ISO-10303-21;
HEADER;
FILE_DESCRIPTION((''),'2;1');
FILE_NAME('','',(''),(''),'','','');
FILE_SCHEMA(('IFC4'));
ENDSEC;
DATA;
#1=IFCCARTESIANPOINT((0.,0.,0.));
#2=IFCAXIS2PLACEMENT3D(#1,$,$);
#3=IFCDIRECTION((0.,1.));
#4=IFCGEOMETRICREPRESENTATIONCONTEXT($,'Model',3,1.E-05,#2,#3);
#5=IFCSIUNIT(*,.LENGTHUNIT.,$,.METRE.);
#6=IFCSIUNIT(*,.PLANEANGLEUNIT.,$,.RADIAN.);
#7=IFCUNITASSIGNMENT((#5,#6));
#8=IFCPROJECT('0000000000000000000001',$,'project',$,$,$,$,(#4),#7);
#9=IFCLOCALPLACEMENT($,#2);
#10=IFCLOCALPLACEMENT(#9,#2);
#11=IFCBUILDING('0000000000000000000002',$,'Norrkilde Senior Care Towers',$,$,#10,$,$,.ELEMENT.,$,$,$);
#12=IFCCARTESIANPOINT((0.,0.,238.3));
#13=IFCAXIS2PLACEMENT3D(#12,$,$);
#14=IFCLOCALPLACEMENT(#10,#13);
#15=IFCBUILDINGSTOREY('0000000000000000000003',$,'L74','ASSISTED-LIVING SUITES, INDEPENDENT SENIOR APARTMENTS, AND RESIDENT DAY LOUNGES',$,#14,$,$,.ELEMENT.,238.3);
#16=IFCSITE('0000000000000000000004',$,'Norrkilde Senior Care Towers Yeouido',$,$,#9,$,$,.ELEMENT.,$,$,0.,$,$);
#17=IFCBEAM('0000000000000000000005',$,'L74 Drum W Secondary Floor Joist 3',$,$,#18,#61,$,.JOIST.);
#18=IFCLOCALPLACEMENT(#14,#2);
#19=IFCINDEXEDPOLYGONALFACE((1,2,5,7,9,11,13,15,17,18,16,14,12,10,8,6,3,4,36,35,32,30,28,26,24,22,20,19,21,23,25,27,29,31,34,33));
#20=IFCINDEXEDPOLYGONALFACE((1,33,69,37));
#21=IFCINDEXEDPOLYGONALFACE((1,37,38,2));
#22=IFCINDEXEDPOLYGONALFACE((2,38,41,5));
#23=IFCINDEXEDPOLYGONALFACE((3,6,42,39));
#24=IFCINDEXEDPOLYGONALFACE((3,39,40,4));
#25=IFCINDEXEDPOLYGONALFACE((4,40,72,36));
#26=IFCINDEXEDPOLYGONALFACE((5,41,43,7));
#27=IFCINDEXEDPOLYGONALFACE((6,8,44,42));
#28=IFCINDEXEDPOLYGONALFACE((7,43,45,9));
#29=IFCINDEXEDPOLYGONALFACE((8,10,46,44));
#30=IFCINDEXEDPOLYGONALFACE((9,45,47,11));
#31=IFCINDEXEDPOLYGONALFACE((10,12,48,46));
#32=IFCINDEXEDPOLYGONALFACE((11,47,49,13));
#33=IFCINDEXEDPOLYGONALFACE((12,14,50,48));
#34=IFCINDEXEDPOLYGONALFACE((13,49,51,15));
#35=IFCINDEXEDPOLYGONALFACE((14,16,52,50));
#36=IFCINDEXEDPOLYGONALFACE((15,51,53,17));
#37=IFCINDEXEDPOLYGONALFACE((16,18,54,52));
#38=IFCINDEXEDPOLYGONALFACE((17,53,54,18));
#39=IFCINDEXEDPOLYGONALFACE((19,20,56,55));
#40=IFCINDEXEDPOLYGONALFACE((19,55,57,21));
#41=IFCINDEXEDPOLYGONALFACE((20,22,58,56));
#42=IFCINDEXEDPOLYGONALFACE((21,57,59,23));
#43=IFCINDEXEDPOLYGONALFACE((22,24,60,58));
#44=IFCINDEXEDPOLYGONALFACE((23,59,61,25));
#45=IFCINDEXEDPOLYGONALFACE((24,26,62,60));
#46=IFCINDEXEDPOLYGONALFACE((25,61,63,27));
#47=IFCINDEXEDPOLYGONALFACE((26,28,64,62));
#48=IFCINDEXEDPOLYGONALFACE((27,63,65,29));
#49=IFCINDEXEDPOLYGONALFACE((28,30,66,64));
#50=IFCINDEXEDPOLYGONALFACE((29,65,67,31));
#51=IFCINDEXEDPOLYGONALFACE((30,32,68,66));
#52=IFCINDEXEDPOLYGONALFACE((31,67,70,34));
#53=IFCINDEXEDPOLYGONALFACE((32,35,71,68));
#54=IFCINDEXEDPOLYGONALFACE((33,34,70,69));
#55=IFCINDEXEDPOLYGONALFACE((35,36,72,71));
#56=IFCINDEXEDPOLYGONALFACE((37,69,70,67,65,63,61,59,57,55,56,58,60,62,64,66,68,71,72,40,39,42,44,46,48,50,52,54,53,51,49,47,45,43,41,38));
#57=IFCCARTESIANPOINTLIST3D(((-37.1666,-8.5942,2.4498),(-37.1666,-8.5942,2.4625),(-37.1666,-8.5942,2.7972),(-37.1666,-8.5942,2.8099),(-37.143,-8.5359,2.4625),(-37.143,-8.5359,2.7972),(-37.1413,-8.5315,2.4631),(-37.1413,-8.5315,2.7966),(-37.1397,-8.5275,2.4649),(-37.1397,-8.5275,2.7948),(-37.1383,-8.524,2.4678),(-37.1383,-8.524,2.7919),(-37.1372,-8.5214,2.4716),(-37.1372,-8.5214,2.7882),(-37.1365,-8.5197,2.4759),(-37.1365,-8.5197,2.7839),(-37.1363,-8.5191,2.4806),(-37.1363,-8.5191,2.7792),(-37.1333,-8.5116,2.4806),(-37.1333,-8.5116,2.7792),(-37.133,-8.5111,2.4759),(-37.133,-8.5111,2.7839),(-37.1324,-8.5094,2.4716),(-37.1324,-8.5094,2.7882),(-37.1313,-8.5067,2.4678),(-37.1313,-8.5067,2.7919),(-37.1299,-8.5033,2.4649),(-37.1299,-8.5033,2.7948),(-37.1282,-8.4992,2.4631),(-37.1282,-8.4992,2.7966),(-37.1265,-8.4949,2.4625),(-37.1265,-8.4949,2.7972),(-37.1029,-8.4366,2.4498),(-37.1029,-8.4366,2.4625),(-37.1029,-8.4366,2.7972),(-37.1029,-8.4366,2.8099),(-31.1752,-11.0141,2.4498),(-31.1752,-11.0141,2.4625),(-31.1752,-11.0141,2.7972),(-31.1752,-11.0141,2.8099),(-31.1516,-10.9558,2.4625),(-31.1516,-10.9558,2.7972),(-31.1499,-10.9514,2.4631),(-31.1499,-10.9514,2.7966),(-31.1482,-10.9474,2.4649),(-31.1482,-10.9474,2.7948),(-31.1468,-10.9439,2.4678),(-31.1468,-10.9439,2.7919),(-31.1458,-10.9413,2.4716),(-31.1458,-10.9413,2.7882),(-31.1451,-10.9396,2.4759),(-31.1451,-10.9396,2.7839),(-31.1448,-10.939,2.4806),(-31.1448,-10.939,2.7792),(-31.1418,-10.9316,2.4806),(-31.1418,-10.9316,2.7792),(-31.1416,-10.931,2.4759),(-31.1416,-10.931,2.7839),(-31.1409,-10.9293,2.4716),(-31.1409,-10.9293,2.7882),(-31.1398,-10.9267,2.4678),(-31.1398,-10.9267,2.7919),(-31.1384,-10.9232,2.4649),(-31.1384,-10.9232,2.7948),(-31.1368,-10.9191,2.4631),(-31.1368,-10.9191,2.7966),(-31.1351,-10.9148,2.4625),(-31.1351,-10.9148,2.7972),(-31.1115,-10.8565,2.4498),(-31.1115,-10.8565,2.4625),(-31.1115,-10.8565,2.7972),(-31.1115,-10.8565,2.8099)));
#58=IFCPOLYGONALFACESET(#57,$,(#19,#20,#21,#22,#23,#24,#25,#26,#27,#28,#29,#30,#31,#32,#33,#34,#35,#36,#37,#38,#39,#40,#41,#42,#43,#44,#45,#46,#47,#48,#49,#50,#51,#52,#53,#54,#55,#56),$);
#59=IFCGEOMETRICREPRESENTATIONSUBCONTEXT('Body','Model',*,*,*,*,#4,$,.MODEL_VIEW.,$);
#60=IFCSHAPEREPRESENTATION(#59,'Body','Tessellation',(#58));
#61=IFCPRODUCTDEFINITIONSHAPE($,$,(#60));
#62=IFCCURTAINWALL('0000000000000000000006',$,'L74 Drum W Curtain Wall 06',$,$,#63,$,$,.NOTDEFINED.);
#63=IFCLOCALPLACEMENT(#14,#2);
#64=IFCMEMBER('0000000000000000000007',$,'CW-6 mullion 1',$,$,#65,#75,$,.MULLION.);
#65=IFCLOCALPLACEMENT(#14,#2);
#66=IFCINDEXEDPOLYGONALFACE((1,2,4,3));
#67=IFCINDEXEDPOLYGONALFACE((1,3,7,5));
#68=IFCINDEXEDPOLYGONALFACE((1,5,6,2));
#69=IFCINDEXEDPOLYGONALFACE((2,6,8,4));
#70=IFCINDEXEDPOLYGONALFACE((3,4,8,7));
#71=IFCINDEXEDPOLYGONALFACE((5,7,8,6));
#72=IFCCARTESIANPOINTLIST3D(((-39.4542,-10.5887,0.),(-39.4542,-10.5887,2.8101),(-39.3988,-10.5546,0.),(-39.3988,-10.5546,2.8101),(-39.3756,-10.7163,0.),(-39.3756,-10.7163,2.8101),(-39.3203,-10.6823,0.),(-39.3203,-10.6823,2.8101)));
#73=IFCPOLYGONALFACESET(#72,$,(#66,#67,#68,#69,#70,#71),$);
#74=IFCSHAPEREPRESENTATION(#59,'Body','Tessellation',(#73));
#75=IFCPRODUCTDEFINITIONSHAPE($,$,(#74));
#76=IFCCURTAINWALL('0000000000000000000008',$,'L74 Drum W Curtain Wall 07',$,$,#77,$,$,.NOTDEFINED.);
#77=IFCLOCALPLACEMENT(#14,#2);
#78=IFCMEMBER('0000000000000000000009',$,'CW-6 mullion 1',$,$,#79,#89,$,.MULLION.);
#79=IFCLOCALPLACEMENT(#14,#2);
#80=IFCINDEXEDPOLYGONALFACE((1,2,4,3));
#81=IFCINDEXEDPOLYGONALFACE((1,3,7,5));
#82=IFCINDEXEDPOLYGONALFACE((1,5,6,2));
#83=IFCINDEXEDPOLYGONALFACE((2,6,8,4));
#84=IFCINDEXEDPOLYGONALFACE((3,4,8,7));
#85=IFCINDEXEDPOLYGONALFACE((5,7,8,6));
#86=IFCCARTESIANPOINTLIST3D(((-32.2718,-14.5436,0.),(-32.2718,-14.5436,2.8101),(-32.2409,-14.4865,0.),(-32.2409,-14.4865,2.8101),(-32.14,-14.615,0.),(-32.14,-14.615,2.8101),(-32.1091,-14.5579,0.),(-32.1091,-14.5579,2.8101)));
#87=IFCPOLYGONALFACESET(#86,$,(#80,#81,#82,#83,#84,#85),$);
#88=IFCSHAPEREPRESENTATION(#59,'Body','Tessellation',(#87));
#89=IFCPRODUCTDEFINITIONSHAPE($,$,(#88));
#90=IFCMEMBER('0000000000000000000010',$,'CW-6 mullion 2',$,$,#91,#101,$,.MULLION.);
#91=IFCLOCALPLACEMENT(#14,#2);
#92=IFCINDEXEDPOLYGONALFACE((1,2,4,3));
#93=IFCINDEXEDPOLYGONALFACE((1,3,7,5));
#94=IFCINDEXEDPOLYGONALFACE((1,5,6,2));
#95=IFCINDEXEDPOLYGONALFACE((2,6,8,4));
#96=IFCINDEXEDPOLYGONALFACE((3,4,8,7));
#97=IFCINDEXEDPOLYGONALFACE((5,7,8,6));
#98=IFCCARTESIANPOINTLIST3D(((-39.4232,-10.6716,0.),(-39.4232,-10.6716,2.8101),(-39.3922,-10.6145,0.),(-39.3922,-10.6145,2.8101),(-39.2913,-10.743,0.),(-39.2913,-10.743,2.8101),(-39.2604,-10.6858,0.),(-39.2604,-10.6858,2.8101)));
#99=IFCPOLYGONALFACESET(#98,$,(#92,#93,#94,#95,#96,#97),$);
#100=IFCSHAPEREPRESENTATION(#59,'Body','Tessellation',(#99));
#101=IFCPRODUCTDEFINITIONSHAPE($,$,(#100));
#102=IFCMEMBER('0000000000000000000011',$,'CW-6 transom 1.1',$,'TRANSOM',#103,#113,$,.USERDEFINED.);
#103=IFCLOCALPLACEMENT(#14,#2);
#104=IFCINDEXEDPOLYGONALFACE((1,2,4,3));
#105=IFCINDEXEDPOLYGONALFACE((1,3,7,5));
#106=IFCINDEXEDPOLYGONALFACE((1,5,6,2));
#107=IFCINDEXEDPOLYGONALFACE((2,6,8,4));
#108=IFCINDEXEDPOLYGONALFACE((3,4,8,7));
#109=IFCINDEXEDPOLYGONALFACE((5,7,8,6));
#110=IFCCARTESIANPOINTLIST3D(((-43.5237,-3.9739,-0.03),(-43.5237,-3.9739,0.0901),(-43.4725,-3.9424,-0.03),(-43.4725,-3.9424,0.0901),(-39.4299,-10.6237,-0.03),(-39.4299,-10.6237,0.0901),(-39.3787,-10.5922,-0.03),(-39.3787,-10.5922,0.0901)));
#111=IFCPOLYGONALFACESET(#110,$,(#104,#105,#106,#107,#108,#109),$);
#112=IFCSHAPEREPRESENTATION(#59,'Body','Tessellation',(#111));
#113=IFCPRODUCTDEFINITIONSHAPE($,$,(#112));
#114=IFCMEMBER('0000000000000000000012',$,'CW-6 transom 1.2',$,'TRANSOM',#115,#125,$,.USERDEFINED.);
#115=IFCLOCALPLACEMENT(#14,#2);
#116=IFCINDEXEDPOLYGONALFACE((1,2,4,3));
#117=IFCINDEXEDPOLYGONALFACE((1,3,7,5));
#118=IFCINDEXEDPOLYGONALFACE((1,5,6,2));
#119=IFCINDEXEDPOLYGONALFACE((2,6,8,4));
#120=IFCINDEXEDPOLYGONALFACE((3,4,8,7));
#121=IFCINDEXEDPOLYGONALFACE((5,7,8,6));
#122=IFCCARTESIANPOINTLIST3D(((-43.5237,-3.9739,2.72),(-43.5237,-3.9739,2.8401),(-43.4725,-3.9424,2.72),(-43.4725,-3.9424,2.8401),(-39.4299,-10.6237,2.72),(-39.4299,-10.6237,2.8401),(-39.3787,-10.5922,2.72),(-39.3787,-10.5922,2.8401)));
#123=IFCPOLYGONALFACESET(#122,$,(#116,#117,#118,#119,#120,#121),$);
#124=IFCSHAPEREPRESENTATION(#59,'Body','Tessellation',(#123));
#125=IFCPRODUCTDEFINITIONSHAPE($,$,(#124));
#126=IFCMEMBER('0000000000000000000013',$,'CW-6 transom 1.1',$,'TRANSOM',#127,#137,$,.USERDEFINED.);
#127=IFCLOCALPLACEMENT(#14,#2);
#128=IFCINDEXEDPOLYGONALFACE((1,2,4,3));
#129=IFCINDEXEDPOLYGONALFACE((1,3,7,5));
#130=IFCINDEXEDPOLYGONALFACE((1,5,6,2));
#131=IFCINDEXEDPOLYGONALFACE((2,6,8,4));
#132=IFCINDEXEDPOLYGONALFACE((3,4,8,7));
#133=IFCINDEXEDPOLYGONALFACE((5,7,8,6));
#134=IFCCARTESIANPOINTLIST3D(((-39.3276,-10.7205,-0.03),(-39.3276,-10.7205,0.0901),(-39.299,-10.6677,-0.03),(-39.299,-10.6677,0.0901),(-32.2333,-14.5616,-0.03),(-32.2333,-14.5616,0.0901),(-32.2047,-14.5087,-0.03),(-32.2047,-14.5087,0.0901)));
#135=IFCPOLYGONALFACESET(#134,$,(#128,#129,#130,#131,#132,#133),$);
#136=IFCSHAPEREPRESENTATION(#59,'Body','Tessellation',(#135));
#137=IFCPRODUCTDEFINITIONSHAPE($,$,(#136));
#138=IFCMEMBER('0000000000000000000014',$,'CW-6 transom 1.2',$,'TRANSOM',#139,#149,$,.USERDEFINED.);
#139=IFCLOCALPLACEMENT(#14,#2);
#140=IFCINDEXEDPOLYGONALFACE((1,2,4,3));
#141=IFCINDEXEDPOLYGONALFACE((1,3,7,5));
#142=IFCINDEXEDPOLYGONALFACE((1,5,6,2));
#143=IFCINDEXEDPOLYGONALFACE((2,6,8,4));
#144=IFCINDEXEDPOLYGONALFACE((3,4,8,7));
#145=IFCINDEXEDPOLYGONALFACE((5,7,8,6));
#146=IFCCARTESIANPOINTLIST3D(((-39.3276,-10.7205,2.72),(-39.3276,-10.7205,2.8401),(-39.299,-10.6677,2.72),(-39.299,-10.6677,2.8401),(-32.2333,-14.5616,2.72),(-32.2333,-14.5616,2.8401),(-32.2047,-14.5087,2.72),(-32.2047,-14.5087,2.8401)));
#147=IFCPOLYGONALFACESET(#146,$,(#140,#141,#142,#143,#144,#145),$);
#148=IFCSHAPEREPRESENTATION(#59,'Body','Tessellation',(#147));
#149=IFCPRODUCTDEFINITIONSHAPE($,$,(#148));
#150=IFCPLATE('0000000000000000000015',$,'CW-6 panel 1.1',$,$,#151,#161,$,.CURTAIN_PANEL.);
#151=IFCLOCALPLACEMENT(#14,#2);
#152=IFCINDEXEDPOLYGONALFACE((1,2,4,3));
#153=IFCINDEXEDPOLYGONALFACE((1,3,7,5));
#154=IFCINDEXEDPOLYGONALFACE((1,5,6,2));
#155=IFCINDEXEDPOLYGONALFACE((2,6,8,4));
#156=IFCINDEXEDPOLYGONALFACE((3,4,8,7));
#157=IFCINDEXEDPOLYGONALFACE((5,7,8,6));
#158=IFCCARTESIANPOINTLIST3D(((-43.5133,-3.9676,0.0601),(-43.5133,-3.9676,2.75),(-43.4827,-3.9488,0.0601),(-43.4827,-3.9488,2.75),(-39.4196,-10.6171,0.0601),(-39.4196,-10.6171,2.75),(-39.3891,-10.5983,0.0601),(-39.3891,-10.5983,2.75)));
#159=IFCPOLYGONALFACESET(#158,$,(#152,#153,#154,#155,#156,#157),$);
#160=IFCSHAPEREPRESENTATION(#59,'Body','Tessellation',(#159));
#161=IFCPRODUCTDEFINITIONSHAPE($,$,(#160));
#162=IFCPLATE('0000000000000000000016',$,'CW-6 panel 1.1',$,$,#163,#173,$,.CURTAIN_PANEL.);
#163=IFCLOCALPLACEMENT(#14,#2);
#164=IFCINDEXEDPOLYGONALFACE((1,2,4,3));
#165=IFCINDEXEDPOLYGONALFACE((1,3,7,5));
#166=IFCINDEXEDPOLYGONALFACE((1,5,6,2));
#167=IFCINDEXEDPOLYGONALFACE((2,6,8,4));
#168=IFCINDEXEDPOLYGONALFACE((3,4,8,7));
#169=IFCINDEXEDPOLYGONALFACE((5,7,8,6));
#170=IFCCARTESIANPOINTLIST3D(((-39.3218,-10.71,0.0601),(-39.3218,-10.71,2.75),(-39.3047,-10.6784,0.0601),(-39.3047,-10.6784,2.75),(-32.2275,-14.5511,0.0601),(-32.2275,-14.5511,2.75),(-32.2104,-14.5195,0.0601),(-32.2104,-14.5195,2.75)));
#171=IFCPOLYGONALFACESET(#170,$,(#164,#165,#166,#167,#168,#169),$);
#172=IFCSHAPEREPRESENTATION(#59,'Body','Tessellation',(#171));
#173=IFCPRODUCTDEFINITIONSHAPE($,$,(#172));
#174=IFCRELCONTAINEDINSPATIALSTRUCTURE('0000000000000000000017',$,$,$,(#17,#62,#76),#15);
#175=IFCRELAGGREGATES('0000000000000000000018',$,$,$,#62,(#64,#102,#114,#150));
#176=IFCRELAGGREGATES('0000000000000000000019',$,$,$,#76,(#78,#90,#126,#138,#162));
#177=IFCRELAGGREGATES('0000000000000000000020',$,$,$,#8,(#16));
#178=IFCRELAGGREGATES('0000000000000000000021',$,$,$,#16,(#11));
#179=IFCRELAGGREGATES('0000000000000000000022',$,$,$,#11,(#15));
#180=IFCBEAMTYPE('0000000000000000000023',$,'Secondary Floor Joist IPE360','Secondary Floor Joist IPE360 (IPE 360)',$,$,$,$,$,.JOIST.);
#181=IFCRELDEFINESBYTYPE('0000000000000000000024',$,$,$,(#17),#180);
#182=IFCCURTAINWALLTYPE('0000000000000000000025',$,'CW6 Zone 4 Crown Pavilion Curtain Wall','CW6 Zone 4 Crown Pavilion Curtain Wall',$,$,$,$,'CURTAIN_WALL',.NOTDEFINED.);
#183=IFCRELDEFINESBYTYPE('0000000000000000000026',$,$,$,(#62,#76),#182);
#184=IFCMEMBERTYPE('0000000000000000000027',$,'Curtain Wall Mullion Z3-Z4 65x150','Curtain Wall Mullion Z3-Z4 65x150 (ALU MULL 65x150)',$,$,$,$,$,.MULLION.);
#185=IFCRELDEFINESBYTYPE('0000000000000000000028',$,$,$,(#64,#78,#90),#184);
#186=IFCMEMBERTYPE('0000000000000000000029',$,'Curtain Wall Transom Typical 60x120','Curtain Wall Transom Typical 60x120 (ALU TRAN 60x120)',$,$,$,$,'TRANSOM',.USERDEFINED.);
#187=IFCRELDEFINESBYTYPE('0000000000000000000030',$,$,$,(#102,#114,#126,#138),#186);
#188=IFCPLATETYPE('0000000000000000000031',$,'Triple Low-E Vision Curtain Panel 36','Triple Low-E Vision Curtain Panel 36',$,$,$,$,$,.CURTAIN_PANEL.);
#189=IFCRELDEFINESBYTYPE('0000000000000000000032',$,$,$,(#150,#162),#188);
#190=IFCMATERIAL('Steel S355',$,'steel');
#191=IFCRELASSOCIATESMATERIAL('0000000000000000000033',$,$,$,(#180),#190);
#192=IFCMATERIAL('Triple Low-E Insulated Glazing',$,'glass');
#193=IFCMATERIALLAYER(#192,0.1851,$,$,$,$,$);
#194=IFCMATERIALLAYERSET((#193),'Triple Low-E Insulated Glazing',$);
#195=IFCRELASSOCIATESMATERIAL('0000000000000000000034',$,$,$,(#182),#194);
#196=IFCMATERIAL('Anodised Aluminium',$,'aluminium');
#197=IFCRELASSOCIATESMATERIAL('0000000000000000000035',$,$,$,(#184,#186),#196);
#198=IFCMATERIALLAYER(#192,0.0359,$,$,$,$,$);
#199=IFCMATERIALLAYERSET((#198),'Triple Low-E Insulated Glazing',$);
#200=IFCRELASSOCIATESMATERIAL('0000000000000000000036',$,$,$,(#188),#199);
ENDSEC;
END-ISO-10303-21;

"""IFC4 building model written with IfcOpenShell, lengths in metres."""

from ifc_helpers import new_model, si_unit, direction, frame, origin, origin_2d, place, context, subcontext, project, spatial, rectangle, i_section, extrude, source, transform, mapped, material, layer, layer_set, material_profile, profile_set, type_object, type_shapes, element, aggregate, save


model = new_model("IFC4")

# Units and contexts
model_context = context("Model", 3, precision=1e-05, world=origin(), true_north=direction((0.0, 1.0)))
body_context = subcontext(model_context, "Body", "Model", "MODEL_VIEW")
ifc_project = project(units=[si_unit("LENGTHUNIT", "METRE"), si_unit("PLANEANGLEUNIT", "RADIAN")], contexts=[model_context])

# Site, building, storey
site_placement = place(None, origin())
site = spatial("IfcSite", under=ifc_project, at=site_placement, Name="Norrkilde Senior Care Towers Yeouido", CompositionType="ELEMENT", RefElevation=0.0)
building_placement = place(site_placement, origin())
building = spatial("IfcBuilding", under=site, at=building_placement, Name="Norrkilde Senior Care Towers", CompositionType="ELEMENT")
storey_placement = place(building_placement, frame((0.0, 0.0, 238.3)))
storey = spatial("IfcBuildingStorey", under=building, at=storey_placement, Name="L74", Description="ASSISTED-LIVING SUITES, INDEPENDENT SENIOR APARTMENTS, AND RESIDENT DAY LOUNGES", CompositionType="ELEMENT", Elevation=238.3)

# Beam
ifc_material_1 = material(Name="Steel S355", Category="steel")
ifc_material_profile_1 = material_profile(ifc_material_1, i_section(OverallWidth=0.1699, OverallDepth=0.3601, WebThickness=0.0081, FlangeThickness=0.0127, FilletRadius=0.0181, at=origin_2d()), Name="IPE 360")
ifc_profile_set_1 = profile_set([ifc_material_profile_1], Name="Steel S355")
beam_type_1 = type_object("IfcBeamType", Name="Secondary Floor Joist IPE360", Description="Secondary Floor Joist IPE360 (IPE 360)", PredefinedType="JOIST", material=ifc_profile_set_1)
shared_shape_1 = source(origin(), body_context, "Body", "SweptSolid", [
    extrude(i_section(OverallWidth=0.1699, OverallDepth=0.3601, WebThickness=0.0081, FlangeThickness=0.0127, FilletRadius=0.0181, at=origin_2d()), origin(), (0.0, 0.0, 1.0), 6.4617),
])
type_shapes(beam_type_1, [shared_shape_1])
beam_1_placement = place(storey_placement, frame((-37.1348, -8.5154, 2.6299), z_axis=(0.927226, -0.374502, 0.0), x_axis=(0.374502, 0.927226, 0.0)))
element("IfcBeam", 1, at=beam_1_placement, inside=storey, type_object=beam_type_1, Name="L74 Drum W Secondary Floor Joist 3", PredefinedType="JOIST", context=body_context, shape_type="MappedRepresentation", body=[
    mapped(shared_shape_1, transform((0.0, 0.0, 0.0), x_axis=(1.0, 0.0, 0.0), y_axis=(0.0, 1.0, 0.0), z_axis=(0.0, 0.0, 1.0), scale=1.0)),
])

# Curtain wall, member
ifc_material_2 = material(Name="Triple Low-E Insulated Glazing", Category="glass")
ifc_layer_1 = layer(ifc_material_2, 0.1851)
ifc_layer_set_1 = layer_set([ifc_layer_1], Name="Triple Low-E Insulated Glazing")
curtain_wall_type = type_object("IfcCurtainWallType", Name="CW6 Zone 4 Crown Pavilion Curtain Wall", Description="CW6 Zone 4 Crown Pavilion Curtain Wall", ElementType="CURTAIN_WALL", PredefinedType="NOTDEFINED", material=ifc_layer_set_1)
curtain_wall_1_placement = place(storey_placement, origin())
curtain_wall_1 = element("IfcCurtainWall", 2, at=curtain_wall_1_placement, inside=storey, type_object=curtain_wall_type, Name="L74 Drum W Curtain Wall 06", PredefinedType="NOTDEFINED")
ifc_material_3 = material(Name="Anodised Aluminium", Category="aluminium")
ifc_material_profile_2 = material_profile(ifc_material_3, rectangle(XDim=0.0649, YDim=0.1499, at=origin_2d()), Name="ALU MULL 65x150")
ifc_profile_set_2 = profile_set([ifc_material_profile_2], Name="Anodised Aluminium")
member_type_1 = type_object("IfcMemberType", Name="Curtain Wall Mullion Z3-Z4 65x150", Description="Curtain Wall Mullion Z3-Z4 65x150 (ALU MULL 65x150)", PredefinedType="MULLION", material=ifc_profile_set_2)
shared_shape_2 = source(origin(), body_context, "Body", "SweptSolid", [
    extrude(rectangle(XDim=0.0649, YDim=0.1499, at=origin_2d()), origin(), (0.0, 0.0, 1.0), 2.8101),
])
type_shapes(member_type_1, [shared_shape_2])
member_1_placement = place(storey_placement, frame((-39.3872, -10.6355, 0.0), z_axis=(0.0, 0.0, 1.0), x_axis=(-0.851563, -0.524253, 0.0)))
member_1 = element("IfcMember", 3, at=member_1_placement, type_object=member_type_1, Name="CW-6 mullion 1", PredefinedType="MULLION", context=body_context, shape_type="MappedRepresentation", body=[
    mapped(shared_shape_2, transform((0.0, 0.0, 0.0), x_axis=(1.0, 0.0, 0.0), y_axis=(0.0, 1.0, 0.0), z_axis=(0.0, 0.0, 1.0), scale=1.0)),
])

# Curtain wall, members
curtain_wall_2_placement = place(storey_placement, origin())
curtain_wall_2 = element("IfcCurtainWall", 4, at=curtain_wall_2_placement, inside=storey, type_object=curtain_wall_type, Name="L74 Drum W Curtain Wall 07", PredefinedType="NOTDEFINED")
member_2_placement = place(storey_placement, frame((-32.1904, -14.5508, 0.0), z_axis=(0.0, 0.0, 1.0), x_axis=(-0.476133, -0.879373, 0.0)))
member_2 = element("IfcMember", 5, at=member_2_placement, type_object=member_type_1, Name="CW-6 mullion 1", PredefinedType="MULLION", context=body_context, shape_type="MappedRepresentation", body=[
    mapped(shared_shape_2, transform((0.0, 0.0, 0.0), x_axis=(1.0, 0.0, 0.0), y_axis=(0.0, 1.0, 0.0), z_axis=(0.0, 0.0, 1.0), scale=1.0)),
])
member_3_placement = place(storey_placement, frame((-39.3418, -10.6787, 0.0), z_axis=(0.0, 0.0, 1.0), x_axis=(-0.476133, -0.879373, 0.0)))
member_3 = element("IfcMember", 6, at=member_3_placement, type_object=member_type_1, Name="CW-6 mullion 2", PredefinedType="MULLION", context=body_context, shape_type="MappedRepresentation", body=[
    mapped(shared_shape_2, transform((0.0, 0.0, 0.0), x_axis=(1.0, 0.0, 0.0), y_axis=(0.0, 1.0, 0.0), z_axis=(0.0, 0.0, 1.0), scale=1.0)),
])

# Members
ifc_material_profile_3 = material_profile(ifc_material_3, rectangle(XDim=0.0601, YDim=0.1201, at=origin_2d()), Name="ALU TRAN 60x120")
ifc_profile_set_3 = profile_set([ifc_material_profile_3], Name="Anodised Aluminium")
member_type_2 = type_object("IfcMemberType", Name="Curtain Wall Transom Typical 60x120", Description="Curtain Wall Transom Typical 60x120 (ALU TRAN 60x120)", ElementType="TRANSOM", PredefinedType="USERDEFINED", material=ifc_profile_set_3)
shared_shape_3 = source(origin(), body_context, "Body", "SweptSolid", [
    extrude(rectangle(XDim=0.0601, YDim=0.1201, at=origin_2d()), origin(), (0.0, 0.0, 1.0), 7.8088),
])
member_4_placement = place(storey_placement, frame((-39.4043, -10.6079, 0.03), z_axis=(-0.524251, 0.851564, 0.0), x_axis=(-0.851564, -0.524251, 0.0)))
member_4 = element("IfcMember", 7, at=member_4_placement, type_object=member_type_2, Name="CW-6 transom 1.1", ObjectType="TRANSOM", PredefinedType="USERDEFINED", context=body_context, shape_type="MappedRepresentation", body=[
    mapped(shared_shape_3, transform((0.0, 0.0, 0.0), x_axis=(1.0, 0.0, 0.0), y_axis=(0.0, 1.0, 0.0), z_axis=(0.0, 0.0, 1.0), scale=1.0)),
])
member_5_placement = place(storey_placement, frame((-39.4043, -10.6079, 2.78), z_axis=(-0.524251, 0.851564, 0.0), x_axis=(-0.851564, -0.524251, 0.0)))
member_5 = element("IfcMember", 8, at=member_5_placement, type_object=member_type_2, Name="CW-6 transom 1.2", ObjectType="TRANSOM", PredefinedType="USERDEFINED", context=body_context, shape_type="MappedRepresentation", body=[
    mapped(shared_shape_3, transform((0.0, 0.0, 0.0), x_axis=(1.0, 0.0, 0.0), y_axis=(0.0, 1.0, 0.0), z_axis=(0.0, 0.0, 1.0), scale=1.0)),
])
shared_shape_4 = source(origin(), body_context, "Body", "SweptSolid", [
    extrude(rectangle(XDim=0.0601, YDim=0.1201, at=origin_2d()), origin(), (0.0, 0.0, 1.0), 8.0674),
])
type_shapes(member_type_2, [shared_shape_3, shared_shape_4])
member_6_placement = place(storey_placement, frame((-32.219, -14.5352, 0.03), z_axis=(-0.879378, 0.476125, 0.0), x_axis=(-0.476125, -0.879378, 0.0)))
member_6 = element("IfcMember", 9, at=member_6_placement, type_object=member_type_2, Name="CW-6 transom 1.1", ObjectType="TRANSOM", PredefinedType="USERDEFINED", context=body_context, shape_type="MappedRepresentation", body=[
    mapped(shared_shape_4, transform((0.0, 0.0, 0.0), x_axis=(1.0, 0.0, 0.0), y_axis=(0.0, 1.0, 0.0), z_axis=(0.0, 0.0, 1.0), scale=1.0)),
])
member_7_placement = place(storey_placement, frame((-32.219, -14.5352, 2.78), z_axis=(-0.879378, 0.476125, 0.0), x_axis=(-0.476125, -0.879378, 0.0)))
member_7 = element("IfcMember", 10, at=member_7_placement, type_object=member_type_2, Name="CW-6 transom 1.2", ObjectType="TRANSOM", PredefinedType="USERDEFINED", context=body_context, shape_type="MappedRepresentation", body=[
    mapped(shared_shape_4, transform((0.0, 0.0, 0.0), x_axis=(1.0, 0.0, 0.0), y_axis=(0.0, 1.0, 0.0), z_axis=(0.0, 0.0, 1.0), scale=1.0)),
])

# Plates
ifc_layer_2 = layer(ifc_material_2, 0.0359)
ifc_layer_set_2 = layer_set([ifc_layer_2], Name="Triple Low-E Insulated Glazing")
plate_type = type_object("IfcPlateType", Name="Triple Low-E Vision Curtain Panel 36", Description="Triple Low-E Vision Curtain Panel 36", PredefinedType="CURTAIN_PANEL", material=ifc_layer_set_2)
shared_shape_5 = source(origin(), body_context, "Body", "SweptSolid", [
    extrude(rectangle(XDim=7.8086, YDim=0.0359, at=origin_2d()), origin(), (0.0, 0.0, 1.0), 2.6899),
])
plate_1_placement = place(storey_placement, frame((-41.4512, -7.283, 0.0601), z_axis=(0.0, 0.0, 1.0), x_axis=(-0.524253, 0.851563, 0.0)))
plate_1 = element("IfcPlate", 11, at=plate_1_placement, type_object=plate_type, Name="CW-6 panel 1.1", PredefinedType="CURTAIN_PANEL", context=body_context, shape_type="MappedRepresentation", body=[
    mapped(shared_shape_5, transform((0.0, 0.0, 0.0), x_axis=(1.0, 0.0, 0.0), y_axis=(0.0, 1.0, 0.0), z_axis=(0.0, 0.0, 1.0), scale=1.0)),
])
aggregate(curtain_wall_1, [member_1, member_4, member_5, plate_1])
shared_shape_6 = source(origin(), body_context, "Body", "SweptSolid", [
    extrude(rectangle(XDim=8.0674, YDim=0.0359, at=origin_2d()), origin(), (0.0, 0.0, 1.0), 2.6899),
])
type_shapes(plate_type, [shared_shape_5, shared_shape_6])
plate_2_placement = place(storey_placement, frame((-35.7661, -12.6147, 0.0601), z_axis=(0.0, 0.0, 1.0), x_axis=(-0.879373, 0.476133, 0.0)))
plate_2 = element("IfcPlate", 12, at=plate_2_placement, type_object=plate_type, Name="CW-6 panel 1.1", PredefinedType="CURTAIN_PANEL", context=body_context, shape_type="MappedRepresentation", body=[
    mapped(shared_shape_6, transform((0.0, 0.0, 0.0), x_axis=(1.0, 0.0, 0.0), y_axis=(0.0, 1.0, 0.0), z_axis=(0.0, 0.0, 1.0), scale=1.0)),
])
aggregate(curtain_wall_2, [member_2, member_3, member_6, member_7, plate_2])

save(model, "model.ifc")
